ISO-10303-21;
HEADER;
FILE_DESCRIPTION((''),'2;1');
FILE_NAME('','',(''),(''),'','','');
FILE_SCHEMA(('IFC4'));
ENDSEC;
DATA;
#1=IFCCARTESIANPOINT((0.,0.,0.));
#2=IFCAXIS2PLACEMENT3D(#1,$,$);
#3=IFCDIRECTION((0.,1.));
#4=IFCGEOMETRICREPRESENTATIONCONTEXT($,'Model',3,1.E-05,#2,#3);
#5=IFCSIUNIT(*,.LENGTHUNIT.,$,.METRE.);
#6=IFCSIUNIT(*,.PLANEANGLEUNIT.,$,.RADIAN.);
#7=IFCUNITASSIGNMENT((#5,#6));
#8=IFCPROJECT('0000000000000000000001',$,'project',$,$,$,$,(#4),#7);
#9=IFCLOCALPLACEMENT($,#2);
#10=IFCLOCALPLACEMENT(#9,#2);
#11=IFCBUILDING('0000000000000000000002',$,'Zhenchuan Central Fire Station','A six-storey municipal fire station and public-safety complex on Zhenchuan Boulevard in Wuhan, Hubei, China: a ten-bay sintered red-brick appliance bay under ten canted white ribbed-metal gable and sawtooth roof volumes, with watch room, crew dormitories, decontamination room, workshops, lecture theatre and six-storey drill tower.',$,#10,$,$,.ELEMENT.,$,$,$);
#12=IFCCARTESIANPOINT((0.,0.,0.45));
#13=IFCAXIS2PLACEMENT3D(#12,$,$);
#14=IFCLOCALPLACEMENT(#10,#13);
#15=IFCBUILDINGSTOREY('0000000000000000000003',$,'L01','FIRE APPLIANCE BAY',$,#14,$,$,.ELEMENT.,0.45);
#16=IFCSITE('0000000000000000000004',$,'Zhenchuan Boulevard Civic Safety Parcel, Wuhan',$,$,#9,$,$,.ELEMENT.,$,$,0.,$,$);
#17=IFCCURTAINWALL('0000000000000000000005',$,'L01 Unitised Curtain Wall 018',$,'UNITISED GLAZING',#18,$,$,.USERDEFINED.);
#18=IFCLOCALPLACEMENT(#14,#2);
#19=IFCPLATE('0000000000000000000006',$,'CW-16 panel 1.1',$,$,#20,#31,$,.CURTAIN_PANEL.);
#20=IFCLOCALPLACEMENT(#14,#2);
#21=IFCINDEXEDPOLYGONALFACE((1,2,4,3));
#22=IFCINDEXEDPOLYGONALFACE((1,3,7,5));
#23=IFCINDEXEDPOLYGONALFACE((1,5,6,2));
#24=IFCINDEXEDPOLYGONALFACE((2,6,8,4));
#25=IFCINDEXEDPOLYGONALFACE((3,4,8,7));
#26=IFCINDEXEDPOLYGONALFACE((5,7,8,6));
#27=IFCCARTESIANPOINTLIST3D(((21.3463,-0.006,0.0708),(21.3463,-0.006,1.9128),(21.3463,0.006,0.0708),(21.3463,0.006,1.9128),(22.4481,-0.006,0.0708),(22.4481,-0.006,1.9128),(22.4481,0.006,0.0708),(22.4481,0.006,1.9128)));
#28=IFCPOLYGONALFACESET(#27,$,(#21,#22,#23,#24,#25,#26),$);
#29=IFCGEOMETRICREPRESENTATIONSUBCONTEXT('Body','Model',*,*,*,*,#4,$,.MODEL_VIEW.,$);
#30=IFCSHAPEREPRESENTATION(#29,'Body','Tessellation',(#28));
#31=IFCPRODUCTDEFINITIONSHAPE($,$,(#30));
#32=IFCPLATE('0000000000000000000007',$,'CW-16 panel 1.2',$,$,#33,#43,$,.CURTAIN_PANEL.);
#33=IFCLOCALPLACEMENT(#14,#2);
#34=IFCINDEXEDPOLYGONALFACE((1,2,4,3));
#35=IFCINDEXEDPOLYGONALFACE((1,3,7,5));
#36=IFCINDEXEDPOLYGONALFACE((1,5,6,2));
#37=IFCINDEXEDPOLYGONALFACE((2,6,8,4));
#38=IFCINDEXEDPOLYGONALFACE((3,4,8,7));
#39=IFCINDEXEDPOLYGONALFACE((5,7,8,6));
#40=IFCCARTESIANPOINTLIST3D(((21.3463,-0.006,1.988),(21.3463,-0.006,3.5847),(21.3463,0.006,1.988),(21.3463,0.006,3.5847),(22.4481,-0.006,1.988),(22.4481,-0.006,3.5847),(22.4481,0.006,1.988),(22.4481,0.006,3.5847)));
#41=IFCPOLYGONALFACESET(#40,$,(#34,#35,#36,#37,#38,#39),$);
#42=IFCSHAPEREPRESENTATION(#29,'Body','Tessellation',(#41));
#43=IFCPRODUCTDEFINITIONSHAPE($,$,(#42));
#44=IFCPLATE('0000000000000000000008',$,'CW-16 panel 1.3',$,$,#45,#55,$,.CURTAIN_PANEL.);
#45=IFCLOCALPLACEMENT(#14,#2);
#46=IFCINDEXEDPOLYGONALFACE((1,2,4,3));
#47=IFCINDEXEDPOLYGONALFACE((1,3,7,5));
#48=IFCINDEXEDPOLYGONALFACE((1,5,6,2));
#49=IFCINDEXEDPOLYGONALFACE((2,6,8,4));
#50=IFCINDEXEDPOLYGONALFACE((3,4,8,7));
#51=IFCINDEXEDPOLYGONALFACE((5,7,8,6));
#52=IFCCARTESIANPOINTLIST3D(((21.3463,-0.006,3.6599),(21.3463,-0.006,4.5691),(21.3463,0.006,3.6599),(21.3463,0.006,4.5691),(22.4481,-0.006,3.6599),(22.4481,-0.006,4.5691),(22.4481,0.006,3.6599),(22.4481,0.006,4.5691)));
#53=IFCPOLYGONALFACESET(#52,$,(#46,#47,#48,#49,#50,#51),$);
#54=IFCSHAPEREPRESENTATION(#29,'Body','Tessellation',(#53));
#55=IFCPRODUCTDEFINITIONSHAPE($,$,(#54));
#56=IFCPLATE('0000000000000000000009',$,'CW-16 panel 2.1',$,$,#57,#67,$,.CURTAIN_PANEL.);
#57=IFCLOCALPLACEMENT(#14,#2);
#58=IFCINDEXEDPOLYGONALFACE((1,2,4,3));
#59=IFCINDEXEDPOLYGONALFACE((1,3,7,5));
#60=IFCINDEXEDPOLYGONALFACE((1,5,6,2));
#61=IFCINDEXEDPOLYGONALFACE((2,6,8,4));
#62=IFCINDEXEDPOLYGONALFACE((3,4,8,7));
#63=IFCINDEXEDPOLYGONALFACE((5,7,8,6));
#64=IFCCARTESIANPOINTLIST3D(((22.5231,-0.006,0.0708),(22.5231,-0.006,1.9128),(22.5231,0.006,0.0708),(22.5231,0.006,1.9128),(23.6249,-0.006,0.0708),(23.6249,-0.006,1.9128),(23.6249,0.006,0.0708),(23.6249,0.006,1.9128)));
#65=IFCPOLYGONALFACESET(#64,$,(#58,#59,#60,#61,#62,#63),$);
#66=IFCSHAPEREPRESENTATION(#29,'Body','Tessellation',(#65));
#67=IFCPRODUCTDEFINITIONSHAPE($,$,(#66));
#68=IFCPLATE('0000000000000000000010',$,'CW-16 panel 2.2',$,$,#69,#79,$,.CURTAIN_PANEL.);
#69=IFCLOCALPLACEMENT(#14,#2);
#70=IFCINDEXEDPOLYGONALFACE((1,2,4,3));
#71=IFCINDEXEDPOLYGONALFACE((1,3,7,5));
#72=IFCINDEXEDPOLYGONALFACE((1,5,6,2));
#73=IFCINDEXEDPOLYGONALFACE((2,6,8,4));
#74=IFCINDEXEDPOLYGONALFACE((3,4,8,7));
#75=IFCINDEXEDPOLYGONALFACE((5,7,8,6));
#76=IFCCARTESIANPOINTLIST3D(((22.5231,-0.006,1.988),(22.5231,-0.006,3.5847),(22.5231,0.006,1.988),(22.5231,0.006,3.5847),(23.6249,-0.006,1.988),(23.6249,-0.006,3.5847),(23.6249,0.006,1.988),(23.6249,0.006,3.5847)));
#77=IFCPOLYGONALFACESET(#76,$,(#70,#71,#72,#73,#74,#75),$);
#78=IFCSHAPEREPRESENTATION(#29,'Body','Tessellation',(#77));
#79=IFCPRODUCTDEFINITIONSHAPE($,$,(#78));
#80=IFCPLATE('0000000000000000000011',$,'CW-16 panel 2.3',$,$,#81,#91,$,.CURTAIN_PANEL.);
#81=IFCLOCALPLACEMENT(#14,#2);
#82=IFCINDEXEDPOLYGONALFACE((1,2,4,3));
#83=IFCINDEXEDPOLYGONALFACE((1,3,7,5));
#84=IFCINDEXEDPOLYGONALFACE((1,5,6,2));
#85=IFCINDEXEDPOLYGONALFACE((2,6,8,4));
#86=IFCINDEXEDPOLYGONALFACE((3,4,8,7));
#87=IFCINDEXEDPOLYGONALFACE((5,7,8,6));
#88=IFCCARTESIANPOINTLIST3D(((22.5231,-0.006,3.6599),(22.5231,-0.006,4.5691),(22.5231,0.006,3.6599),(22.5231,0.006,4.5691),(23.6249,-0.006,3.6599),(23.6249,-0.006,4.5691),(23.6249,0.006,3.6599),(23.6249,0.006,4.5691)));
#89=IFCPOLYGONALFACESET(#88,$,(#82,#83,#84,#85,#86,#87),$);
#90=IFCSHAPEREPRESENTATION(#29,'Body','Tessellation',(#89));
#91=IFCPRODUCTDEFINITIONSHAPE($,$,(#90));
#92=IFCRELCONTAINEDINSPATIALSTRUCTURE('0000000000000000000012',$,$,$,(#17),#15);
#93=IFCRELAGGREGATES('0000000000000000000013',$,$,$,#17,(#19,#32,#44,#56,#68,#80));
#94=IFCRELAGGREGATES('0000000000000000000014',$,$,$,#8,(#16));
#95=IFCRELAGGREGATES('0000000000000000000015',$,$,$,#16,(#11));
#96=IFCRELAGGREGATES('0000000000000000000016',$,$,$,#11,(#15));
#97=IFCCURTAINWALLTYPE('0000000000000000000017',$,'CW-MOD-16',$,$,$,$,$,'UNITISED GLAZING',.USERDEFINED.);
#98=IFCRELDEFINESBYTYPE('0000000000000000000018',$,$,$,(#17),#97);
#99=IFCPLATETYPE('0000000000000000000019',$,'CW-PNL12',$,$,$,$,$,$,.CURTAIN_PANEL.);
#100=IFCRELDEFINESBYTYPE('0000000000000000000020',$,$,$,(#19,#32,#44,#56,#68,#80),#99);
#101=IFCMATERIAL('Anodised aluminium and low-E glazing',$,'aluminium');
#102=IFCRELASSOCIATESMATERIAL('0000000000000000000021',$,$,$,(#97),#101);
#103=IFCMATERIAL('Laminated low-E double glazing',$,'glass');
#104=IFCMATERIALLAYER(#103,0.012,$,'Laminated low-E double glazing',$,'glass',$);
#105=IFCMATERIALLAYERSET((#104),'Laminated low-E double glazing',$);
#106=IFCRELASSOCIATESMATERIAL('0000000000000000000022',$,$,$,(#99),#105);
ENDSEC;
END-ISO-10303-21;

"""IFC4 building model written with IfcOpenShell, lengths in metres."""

from ifc_helpers import new_model, si_unit, direction, frame, origin, origin_2d, place, context, subcontext, project, spatial, rectangle, extrude, material, layer, layer_set, type_object, element, aggregate, save


model = new_model("IFC4")

# Units and contexts
model_context = context("Model", 3, precision=1e-05, world=origin(), true_north=direction((0.0, 1.0)))
body_context = subcontext(model_context, "Body", "Model", "MODEL_VIEW")
ifc_project = project(units=[si_unit("LENGTHUNIT", "METRE"), si_unit("PLANEANGLEUNIT", "RADIAN")], contexts=[model_context])

# Site, building, storey
site_placement = place(None, origin())
site = spatial("IfcSite", under=ifc_project, at=site_placement, Name="Zhenchuan Boulevard Civic Safety Parcel, Wuhan", CompositionType="ELEMENT", RefElevation=0.0)
building_placement = place(site_placement, origin())
building = spatial("IfcBuilding", under=site, at=building_placement, Name="Zhenchuan Central Fire Station", Description="A six-storey municipal fire station and public-safety complex on Zhenchuan Boulevard in Wuhan, Hubei, China: a ten-bay sintered red-brick appliance bay under ten canted white ribbed-metal gable and sawtooth roof volumes, with watch room, crew dormitories, decontamination room, workshops, lecture theatre and six-storey drill tower.", CompositionType="ELEMENT")
storey_placement = place(building_placement, frame((0.0, 0.0, 0.45)))
storey = spatial("IfcBuildingStorey", under=building, at=storey_placement, Name="L01", Description="FIRE APPLIANCE BAY", CompositionType="ELEMENT", Elevation=0.45)

# Shared definitions
ifc_material_1 = material(Name="Anodised aluminium and low-E glazing", Category="aluminium")

# Curtain wall
curtain_wall_type_1 = type_object("IfcCurtainWallType", Name="CW-MOD-16", ElementType="UNITISED GLAZING", PredefinedType="USERDEFINED", material=ifc_material_1)
curtain_wall_1_placement = place(storey_placement, origin())
curtain_wall_1 = element("IfcCurtainWall", 1, at=curtain_wall_1_placement, inside=storey, type_object=curtain_wall_type_1, Name="L01 Unitised Curtain Wall 018", ObjectType="UNITISED GLAZING", PredefinedType="USERDEFINED")

# Plates
ifc_material_2 = material(Name="Laminated low-E double glazing", Category="glass")
ifc_layer = layer(ifc_material_2, 0.012, Name="Laminated low-E double glazing", Category="glass")
ifc_layer_set = layer_set([ifc_layer], Name="Laminated low-E double glazing")
plate_type = type_object("IfcPlateType", Name="CW-PNL12", PredefinedType="CURTAIN_PANEL", material=ifc_layer_set)
plate_1_placement = place(storey_placement, frame((21.8972, 0.0, 0.0708), z_axis=(0.0, 0.0, 1.0), x_axis=(1.0, 0.0, 0.0)))
plate_1 = element("IfcPlate", 2, at=plate_1_placement, type_object=plate_type, Name="CW-16 panel 1.1", PredefinedType="CURTAIN_PANEL", context=body_context, shape_type="SweptSolid", body=[
    extrude(rectangle(XDim=1.1018, YDim=0.012, at=origin_2d()), origin(), (0.0, 0.0, 1.0), 1.842),
])
plate_2_placement = place(storey_placement, frame((21.8972, 0.0, 1.988), z_axis=(0.0, 0.0, 1.0), x_axis=(1.0, 0.0, 0.0)))
plate_2 = element("IfcPlate", 3, at=plate_2_placement, type_object=plate_type, Name="CW-16 panel 1.2", PredefinedType="CURTAIN_PANEL", context=body_context, shape_type="SweptSolid", body=[
    extrude(rectangle(XDim=1.1018, YDim=0.012, at=origin_2d()), origin(), (0.0, 0.0, 1.0), 1.5967),
])
plate_3_placement = place(storey_placement, frame((21.8972, 0.0, 3.6599), z_axis=(0.0, 0.0, 1.0), x_axis=(1.0, 0.0, 0.0)))
plate_3 = element("IfcPlate", 4, at=plate_3_placement, type_object=plate_type, Name="CW-16 panel 1.3", PredefinedType="CURTAIN_PANEL", context=body_context, shape_type="SweptSolid", body=[
    extrude(rectangle(XDim=1.1018, YDim=0.012, at=origin_2d()), origin(), (0.0, 0.0, 1.0), 0.9092),
])
plate_4_placement = place(storey_placement, frame((23.074, 0.0, 0.0708), z_axis=(0.0, 0.0, 1.0), x_axis=(1.0, 0.0, 0.0)))
plate_4 = element("IfcPlate", 5, at=plate_4_placement, type_object=plate_type, Name="CW-16 panel 2.1", PredefinedType="CURTAIN_PANEL", context=body_context, shape_type="SweptSolid", body=[
    extrude(rectangle(XDim=1.1018, YDim=0.012, at=origin_2d()), origin(), (0.0, 0.0, 1.0), 1.842),
])
plate_5_placement = place(storey_placement, frame((23.074, 0.0, 1.988), z_axis=(0.0, 0.0, 1.0), x_axis=(1.0, 0.0, 0.0)))
plate_5 = element("IfcPlate", 6, at=plate_5_placement, type_object=plate_type, Name="CW-16 panel 2.2", PredefinedType="CURTAIN_PANEL", context=body_context, shape_type="SweptSolid", body=[
    extrude(rectangle(XDim=1.1018, YDim=0.012, at=origin_2d()), origin(), (0.0, 0.0, 1.0), 1.5967),
])
plate_6_placement = place(storey_placement, frame((23.074, 0.0, 3.6599), z_axis=(0.0, 0.0, 1.0), x_axis=(1.0, 0.0, 0.0)))
plate_6 = element("IfcPlate", 7, at=plate_6_placement, type_object=plate_type, Name="CW-16 panel 2.3", PredefinedType="CURTAIN_PANEL", context=body_context, shape_type="SweptSolid", body=[
    extrude(rectangle(XDim=1.1018, YDim=0.012, at=origin_2d()), origin(), (0.0, 0.0, 1.0), 0.9092),
])
aggregate(curtain_wall_1, [plate_1, plate_2, plate_3, plate_4, plate_5, plate_6])

save(model, "model.ifc")
